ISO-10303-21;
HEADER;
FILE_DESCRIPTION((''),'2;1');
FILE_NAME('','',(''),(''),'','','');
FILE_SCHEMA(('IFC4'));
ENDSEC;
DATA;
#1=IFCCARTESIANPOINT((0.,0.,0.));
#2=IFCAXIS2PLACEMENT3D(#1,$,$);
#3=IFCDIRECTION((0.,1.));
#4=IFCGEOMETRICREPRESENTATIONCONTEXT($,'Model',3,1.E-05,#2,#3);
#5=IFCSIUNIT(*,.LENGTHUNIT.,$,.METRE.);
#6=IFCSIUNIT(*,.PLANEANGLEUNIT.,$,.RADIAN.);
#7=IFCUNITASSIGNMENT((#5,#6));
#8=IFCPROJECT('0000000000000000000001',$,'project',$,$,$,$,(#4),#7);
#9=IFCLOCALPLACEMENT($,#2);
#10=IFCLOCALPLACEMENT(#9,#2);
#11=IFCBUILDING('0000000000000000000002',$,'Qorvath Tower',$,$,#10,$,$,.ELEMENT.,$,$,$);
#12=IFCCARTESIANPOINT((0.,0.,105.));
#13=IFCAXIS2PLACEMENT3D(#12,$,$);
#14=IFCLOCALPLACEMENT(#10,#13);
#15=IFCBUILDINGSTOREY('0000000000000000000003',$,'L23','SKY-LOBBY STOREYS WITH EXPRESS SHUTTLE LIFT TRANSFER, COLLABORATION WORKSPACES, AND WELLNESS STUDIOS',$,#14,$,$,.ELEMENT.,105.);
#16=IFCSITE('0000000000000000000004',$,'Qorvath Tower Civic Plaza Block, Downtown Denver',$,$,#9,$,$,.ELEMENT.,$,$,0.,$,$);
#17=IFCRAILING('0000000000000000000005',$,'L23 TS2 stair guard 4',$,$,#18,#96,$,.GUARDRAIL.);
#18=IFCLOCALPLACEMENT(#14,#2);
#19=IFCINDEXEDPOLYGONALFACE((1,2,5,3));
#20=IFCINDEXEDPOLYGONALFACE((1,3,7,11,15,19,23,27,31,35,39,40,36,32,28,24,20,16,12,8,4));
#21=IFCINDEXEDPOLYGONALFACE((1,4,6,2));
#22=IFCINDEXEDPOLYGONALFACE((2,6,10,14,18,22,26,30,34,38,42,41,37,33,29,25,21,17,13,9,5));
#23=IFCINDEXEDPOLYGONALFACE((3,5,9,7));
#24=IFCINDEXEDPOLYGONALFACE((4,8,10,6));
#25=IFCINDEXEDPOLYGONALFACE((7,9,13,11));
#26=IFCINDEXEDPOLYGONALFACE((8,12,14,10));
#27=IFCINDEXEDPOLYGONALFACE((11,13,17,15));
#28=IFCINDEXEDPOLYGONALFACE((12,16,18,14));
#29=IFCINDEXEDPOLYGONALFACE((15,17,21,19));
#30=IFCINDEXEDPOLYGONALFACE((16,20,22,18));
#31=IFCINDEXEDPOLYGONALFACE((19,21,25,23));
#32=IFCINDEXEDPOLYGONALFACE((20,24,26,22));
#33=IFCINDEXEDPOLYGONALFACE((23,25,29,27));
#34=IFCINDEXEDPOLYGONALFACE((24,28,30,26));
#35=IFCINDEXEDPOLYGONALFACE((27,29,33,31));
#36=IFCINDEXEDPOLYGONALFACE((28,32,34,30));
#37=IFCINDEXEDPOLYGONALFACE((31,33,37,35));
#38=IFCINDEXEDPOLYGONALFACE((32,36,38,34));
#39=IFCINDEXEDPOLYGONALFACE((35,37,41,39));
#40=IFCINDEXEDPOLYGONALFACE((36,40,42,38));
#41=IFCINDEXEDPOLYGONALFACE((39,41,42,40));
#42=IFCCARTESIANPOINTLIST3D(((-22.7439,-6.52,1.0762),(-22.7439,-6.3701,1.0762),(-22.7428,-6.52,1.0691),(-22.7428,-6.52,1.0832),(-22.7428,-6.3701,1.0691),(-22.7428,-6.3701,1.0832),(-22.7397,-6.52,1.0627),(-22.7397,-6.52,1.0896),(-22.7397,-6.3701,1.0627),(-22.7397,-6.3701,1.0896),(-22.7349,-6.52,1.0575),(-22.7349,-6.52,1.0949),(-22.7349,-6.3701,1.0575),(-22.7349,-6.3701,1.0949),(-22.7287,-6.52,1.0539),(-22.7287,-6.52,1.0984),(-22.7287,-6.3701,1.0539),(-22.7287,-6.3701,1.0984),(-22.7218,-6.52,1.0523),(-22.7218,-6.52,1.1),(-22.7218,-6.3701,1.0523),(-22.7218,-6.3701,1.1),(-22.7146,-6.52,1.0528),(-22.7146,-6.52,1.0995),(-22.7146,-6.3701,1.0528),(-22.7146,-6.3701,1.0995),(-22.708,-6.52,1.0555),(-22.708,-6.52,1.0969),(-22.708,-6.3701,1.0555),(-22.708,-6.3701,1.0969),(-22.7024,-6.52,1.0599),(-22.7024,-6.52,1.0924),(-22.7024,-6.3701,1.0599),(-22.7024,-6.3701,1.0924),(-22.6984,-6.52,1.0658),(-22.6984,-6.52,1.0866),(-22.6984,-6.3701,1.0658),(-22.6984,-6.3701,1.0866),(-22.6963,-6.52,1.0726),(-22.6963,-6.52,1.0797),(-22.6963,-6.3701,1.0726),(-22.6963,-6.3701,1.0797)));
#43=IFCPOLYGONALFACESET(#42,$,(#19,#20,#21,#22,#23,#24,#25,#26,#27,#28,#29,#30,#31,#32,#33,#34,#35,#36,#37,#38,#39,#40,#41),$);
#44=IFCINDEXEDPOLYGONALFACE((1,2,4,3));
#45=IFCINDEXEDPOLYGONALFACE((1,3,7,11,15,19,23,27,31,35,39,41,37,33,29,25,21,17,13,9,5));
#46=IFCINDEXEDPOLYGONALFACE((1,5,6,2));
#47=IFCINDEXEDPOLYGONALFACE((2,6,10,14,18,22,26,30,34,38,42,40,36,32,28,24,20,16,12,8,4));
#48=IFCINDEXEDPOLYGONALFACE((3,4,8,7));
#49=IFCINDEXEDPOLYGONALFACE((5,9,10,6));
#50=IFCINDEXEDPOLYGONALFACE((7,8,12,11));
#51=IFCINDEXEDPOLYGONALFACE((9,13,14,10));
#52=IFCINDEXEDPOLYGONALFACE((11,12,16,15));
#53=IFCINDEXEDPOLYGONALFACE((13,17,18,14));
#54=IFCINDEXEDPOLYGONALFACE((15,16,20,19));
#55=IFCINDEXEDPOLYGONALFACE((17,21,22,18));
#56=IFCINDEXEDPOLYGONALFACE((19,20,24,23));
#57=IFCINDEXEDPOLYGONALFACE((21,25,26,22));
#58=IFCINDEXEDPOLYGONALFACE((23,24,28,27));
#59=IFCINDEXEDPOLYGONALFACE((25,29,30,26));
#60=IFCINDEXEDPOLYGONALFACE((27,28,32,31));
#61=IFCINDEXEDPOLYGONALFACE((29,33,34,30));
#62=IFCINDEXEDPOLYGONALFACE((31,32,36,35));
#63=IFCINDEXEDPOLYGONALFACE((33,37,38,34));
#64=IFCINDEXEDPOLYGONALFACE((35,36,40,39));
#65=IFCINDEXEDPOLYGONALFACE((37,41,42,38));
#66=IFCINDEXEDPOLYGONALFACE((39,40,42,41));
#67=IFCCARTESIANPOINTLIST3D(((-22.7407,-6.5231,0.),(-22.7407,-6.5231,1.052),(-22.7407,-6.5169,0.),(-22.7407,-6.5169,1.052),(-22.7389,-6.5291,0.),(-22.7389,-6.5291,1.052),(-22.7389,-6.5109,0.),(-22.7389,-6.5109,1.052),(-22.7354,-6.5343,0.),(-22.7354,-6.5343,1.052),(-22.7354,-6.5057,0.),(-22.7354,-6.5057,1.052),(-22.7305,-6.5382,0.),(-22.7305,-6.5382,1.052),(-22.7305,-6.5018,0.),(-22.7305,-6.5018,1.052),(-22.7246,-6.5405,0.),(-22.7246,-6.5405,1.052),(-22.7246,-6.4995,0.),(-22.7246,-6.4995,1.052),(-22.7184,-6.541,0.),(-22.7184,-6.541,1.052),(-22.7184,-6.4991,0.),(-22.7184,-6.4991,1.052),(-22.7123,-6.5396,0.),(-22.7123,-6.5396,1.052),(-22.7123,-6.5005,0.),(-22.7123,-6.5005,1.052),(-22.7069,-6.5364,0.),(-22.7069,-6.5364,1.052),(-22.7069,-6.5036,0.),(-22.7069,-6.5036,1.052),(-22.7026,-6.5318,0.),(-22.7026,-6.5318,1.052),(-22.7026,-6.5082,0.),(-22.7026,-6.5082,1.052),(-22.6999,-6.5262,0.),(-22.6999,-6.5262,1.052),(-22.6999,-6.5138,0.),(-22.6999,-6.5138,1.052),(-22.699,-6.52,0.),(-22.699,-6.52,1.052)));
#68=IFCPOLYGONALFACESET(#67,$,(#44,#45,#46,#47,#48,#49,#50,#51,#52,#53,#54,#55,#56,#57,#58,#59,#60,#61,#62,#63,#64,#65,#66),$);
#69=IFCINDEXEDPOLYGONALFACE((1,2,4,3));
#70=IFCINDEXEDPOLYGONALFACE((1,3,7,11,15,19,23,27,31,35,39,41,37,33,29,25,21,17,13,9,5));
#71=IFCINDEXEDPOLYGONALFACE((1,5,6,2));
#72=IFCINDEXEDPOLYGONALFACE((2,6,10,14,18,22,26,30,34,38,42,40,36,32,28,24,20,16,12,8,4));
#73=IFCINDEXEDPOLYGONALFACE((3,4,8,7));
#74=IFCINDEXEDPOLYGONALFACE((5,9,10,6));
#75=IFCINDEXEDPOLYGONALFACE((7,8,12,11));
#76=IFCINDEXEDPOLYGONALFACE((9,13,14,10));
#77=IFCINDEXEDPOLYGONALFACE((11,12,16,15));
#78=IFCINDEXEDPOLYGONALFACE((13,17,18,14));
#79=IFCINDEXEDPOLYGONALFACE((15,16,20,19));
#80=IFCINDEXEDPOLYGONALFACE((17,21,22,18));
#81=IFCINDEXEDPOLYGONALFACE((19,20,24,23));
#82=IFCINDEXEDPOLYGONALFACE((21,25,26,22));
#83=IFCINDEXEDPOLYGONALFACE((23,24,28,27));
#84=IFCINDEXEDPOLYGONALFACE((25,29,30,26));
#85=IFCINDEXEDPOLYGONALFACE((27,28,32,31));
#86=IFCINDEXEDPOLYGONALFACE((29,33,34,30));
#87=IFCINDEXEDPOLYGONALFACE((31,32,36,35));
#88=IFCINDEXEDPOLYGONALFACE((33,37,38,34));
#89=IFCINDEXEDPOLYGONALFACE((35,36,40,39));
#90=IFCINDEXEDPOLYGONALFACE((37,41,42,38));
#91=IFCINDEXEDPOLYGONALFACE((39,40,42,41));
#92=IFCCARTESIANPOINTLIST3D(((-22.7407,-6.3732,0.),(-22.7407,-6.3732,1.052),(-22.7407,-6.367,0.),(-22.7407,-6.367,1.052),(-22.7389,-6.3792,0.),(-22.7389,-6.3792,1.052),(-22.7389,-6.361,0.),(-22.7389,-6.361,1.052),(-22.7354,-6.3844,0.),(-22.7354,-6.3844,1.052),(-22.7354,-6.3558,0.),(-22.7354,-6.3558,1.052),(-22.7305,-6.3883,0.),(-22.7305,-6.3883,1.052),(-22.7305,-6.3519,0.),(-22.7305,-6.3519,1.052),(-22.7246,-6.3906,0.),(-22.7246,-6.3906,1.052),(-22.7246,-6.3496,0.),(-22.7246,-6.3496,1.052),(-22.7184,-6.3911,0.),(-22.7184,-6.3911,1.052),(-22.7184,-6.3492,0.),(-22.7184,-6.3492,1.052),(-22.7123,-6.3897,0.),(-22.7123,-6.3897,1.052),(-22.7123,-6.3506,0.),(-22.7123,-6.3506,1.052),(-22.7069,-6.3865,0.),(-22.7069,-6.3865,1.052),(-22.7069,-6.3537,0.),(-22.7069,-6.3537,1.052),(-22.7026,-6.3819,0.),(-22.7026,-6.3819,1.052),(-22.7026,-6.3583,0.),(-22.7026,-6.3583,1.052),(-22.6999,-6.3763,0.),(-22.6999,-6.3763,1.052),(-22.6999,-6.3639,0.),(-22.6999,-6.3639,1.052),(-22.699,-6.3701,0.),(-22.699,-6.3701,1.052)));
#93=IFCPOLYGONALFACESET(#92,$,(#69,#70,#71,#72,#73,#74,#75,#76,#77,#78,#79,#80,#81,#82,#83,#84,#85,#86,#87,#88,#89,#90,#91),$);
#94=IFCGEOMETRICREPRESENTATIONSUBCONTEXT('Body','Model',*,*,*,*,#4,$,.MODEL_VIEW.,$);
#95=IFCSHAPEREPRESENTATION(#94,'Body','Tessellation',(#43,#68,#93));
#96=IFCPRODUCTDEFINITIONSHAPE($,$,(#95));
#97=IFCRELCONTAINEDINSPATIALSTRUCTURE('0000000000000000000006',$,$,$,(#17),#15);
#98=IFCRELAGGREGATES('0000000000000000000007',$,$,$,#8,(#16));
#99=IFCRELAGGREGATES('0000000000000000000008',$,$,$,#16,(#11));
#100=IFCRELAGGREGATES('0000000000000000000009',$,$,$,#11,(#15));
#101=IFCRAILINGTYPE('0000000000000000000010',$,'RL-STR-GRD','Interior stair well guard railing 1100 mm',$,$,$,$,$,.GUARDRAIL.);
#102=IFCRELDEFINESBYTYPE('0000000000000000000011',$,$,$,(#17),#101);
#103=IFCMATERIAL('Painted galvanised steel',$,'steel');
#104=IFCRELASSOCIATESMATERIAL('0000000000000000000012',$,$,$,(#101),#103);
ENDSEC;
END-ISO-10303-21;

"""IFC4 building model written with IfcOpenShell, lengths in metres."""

from ifc_helpers import new_model, si_unit, direction, frame, origin, origin_2d, place, context, subcontext, project, spatial, circle, extrude, material, type_object, element, save


model = new_model("IFC4")

# Units and contexts
model_context = context("Model", 3, precision=1e-05, world=origin(), true_north=direction((0.0, 1.0)))
body_context = subcontext(model_context, "Body", "Model", "MODEL_VIEW")
ifc_project = project(units=[si_unit("LENGTHUNIT", "METRE"), si_unit("PLANEANGLEUNIT", "RADIAN")], contexts=[model_context])

# Site, building, storey
site_placement = place(None, origin())
site = spatial("IfcSite", under=ifc_project, at=site_placement, Name="Qorvath Tower Civic Plaza Block, Downtown Denver", CompositionType="ELEMENT", RefElevation=0.0)
building_placement = place(site_placement, origin())
building = spatial("IfcBuilding", under=site, at=building_placement, Name="Qorvath Tower", CompositionType="ELEMENT")
storey_placement = place(building_placement, frame((0.0, 0.0, 105.0)))
storey = spatial("IfcBuildingStorey", under=building, at=storey_placement, Name="L23", Description="SKY-LOBBY STOREYS WITH EXPRESS SHUTTLE LIFT TRANSFER, COLLABORATION WORKSPACES, AND WELLNESS STUDIOS", CompositionType="ELEMENT", Elevation=105.0)

# Railing
ifc_material_1 = material(Name="Painted galvanised steel", Category="steel")
railing_type_1 = type_object("IfcRailingType", Name="RL-STR-GRD", Description="Interior stair well guard railing 1100 mm", PredefinedType="GUARDRAIL", material=ifc_material_1)
railing_1_placement = place(storey_placement, frame((-22.72, -6.52, 0.0)))
element("IfcRailing", 1, at=railing_1_placement, inside=storey, type_object=railing_type_1, Name="L23 TS2 stair guard 4", PredefinedType="GUARDRAIL", context=body_context, shape_type="SweptSolid", body=[
    extrude(circle(Radius=0.0239, at=origin_2d()), frame((0.0, 0.0, 1.0762), z_axis=(0.0, 1.0, 0.0), x_axis=(-1.0, 0.0, 0.0)), (0.0, 0.0, 1.0), 0.1499),
    extrude(circle(Radius=0.021, at=origin_2d()), origin(), (0.0, 0.0, 1.0), 1.052),
    extrude(circle(Radius=0.021, at=origin_2d()), frame((0.0, 0.1499, 0.0)), (0.0, 0.0, 1.0), 1.052),
])

save(model, "model.ifc")
